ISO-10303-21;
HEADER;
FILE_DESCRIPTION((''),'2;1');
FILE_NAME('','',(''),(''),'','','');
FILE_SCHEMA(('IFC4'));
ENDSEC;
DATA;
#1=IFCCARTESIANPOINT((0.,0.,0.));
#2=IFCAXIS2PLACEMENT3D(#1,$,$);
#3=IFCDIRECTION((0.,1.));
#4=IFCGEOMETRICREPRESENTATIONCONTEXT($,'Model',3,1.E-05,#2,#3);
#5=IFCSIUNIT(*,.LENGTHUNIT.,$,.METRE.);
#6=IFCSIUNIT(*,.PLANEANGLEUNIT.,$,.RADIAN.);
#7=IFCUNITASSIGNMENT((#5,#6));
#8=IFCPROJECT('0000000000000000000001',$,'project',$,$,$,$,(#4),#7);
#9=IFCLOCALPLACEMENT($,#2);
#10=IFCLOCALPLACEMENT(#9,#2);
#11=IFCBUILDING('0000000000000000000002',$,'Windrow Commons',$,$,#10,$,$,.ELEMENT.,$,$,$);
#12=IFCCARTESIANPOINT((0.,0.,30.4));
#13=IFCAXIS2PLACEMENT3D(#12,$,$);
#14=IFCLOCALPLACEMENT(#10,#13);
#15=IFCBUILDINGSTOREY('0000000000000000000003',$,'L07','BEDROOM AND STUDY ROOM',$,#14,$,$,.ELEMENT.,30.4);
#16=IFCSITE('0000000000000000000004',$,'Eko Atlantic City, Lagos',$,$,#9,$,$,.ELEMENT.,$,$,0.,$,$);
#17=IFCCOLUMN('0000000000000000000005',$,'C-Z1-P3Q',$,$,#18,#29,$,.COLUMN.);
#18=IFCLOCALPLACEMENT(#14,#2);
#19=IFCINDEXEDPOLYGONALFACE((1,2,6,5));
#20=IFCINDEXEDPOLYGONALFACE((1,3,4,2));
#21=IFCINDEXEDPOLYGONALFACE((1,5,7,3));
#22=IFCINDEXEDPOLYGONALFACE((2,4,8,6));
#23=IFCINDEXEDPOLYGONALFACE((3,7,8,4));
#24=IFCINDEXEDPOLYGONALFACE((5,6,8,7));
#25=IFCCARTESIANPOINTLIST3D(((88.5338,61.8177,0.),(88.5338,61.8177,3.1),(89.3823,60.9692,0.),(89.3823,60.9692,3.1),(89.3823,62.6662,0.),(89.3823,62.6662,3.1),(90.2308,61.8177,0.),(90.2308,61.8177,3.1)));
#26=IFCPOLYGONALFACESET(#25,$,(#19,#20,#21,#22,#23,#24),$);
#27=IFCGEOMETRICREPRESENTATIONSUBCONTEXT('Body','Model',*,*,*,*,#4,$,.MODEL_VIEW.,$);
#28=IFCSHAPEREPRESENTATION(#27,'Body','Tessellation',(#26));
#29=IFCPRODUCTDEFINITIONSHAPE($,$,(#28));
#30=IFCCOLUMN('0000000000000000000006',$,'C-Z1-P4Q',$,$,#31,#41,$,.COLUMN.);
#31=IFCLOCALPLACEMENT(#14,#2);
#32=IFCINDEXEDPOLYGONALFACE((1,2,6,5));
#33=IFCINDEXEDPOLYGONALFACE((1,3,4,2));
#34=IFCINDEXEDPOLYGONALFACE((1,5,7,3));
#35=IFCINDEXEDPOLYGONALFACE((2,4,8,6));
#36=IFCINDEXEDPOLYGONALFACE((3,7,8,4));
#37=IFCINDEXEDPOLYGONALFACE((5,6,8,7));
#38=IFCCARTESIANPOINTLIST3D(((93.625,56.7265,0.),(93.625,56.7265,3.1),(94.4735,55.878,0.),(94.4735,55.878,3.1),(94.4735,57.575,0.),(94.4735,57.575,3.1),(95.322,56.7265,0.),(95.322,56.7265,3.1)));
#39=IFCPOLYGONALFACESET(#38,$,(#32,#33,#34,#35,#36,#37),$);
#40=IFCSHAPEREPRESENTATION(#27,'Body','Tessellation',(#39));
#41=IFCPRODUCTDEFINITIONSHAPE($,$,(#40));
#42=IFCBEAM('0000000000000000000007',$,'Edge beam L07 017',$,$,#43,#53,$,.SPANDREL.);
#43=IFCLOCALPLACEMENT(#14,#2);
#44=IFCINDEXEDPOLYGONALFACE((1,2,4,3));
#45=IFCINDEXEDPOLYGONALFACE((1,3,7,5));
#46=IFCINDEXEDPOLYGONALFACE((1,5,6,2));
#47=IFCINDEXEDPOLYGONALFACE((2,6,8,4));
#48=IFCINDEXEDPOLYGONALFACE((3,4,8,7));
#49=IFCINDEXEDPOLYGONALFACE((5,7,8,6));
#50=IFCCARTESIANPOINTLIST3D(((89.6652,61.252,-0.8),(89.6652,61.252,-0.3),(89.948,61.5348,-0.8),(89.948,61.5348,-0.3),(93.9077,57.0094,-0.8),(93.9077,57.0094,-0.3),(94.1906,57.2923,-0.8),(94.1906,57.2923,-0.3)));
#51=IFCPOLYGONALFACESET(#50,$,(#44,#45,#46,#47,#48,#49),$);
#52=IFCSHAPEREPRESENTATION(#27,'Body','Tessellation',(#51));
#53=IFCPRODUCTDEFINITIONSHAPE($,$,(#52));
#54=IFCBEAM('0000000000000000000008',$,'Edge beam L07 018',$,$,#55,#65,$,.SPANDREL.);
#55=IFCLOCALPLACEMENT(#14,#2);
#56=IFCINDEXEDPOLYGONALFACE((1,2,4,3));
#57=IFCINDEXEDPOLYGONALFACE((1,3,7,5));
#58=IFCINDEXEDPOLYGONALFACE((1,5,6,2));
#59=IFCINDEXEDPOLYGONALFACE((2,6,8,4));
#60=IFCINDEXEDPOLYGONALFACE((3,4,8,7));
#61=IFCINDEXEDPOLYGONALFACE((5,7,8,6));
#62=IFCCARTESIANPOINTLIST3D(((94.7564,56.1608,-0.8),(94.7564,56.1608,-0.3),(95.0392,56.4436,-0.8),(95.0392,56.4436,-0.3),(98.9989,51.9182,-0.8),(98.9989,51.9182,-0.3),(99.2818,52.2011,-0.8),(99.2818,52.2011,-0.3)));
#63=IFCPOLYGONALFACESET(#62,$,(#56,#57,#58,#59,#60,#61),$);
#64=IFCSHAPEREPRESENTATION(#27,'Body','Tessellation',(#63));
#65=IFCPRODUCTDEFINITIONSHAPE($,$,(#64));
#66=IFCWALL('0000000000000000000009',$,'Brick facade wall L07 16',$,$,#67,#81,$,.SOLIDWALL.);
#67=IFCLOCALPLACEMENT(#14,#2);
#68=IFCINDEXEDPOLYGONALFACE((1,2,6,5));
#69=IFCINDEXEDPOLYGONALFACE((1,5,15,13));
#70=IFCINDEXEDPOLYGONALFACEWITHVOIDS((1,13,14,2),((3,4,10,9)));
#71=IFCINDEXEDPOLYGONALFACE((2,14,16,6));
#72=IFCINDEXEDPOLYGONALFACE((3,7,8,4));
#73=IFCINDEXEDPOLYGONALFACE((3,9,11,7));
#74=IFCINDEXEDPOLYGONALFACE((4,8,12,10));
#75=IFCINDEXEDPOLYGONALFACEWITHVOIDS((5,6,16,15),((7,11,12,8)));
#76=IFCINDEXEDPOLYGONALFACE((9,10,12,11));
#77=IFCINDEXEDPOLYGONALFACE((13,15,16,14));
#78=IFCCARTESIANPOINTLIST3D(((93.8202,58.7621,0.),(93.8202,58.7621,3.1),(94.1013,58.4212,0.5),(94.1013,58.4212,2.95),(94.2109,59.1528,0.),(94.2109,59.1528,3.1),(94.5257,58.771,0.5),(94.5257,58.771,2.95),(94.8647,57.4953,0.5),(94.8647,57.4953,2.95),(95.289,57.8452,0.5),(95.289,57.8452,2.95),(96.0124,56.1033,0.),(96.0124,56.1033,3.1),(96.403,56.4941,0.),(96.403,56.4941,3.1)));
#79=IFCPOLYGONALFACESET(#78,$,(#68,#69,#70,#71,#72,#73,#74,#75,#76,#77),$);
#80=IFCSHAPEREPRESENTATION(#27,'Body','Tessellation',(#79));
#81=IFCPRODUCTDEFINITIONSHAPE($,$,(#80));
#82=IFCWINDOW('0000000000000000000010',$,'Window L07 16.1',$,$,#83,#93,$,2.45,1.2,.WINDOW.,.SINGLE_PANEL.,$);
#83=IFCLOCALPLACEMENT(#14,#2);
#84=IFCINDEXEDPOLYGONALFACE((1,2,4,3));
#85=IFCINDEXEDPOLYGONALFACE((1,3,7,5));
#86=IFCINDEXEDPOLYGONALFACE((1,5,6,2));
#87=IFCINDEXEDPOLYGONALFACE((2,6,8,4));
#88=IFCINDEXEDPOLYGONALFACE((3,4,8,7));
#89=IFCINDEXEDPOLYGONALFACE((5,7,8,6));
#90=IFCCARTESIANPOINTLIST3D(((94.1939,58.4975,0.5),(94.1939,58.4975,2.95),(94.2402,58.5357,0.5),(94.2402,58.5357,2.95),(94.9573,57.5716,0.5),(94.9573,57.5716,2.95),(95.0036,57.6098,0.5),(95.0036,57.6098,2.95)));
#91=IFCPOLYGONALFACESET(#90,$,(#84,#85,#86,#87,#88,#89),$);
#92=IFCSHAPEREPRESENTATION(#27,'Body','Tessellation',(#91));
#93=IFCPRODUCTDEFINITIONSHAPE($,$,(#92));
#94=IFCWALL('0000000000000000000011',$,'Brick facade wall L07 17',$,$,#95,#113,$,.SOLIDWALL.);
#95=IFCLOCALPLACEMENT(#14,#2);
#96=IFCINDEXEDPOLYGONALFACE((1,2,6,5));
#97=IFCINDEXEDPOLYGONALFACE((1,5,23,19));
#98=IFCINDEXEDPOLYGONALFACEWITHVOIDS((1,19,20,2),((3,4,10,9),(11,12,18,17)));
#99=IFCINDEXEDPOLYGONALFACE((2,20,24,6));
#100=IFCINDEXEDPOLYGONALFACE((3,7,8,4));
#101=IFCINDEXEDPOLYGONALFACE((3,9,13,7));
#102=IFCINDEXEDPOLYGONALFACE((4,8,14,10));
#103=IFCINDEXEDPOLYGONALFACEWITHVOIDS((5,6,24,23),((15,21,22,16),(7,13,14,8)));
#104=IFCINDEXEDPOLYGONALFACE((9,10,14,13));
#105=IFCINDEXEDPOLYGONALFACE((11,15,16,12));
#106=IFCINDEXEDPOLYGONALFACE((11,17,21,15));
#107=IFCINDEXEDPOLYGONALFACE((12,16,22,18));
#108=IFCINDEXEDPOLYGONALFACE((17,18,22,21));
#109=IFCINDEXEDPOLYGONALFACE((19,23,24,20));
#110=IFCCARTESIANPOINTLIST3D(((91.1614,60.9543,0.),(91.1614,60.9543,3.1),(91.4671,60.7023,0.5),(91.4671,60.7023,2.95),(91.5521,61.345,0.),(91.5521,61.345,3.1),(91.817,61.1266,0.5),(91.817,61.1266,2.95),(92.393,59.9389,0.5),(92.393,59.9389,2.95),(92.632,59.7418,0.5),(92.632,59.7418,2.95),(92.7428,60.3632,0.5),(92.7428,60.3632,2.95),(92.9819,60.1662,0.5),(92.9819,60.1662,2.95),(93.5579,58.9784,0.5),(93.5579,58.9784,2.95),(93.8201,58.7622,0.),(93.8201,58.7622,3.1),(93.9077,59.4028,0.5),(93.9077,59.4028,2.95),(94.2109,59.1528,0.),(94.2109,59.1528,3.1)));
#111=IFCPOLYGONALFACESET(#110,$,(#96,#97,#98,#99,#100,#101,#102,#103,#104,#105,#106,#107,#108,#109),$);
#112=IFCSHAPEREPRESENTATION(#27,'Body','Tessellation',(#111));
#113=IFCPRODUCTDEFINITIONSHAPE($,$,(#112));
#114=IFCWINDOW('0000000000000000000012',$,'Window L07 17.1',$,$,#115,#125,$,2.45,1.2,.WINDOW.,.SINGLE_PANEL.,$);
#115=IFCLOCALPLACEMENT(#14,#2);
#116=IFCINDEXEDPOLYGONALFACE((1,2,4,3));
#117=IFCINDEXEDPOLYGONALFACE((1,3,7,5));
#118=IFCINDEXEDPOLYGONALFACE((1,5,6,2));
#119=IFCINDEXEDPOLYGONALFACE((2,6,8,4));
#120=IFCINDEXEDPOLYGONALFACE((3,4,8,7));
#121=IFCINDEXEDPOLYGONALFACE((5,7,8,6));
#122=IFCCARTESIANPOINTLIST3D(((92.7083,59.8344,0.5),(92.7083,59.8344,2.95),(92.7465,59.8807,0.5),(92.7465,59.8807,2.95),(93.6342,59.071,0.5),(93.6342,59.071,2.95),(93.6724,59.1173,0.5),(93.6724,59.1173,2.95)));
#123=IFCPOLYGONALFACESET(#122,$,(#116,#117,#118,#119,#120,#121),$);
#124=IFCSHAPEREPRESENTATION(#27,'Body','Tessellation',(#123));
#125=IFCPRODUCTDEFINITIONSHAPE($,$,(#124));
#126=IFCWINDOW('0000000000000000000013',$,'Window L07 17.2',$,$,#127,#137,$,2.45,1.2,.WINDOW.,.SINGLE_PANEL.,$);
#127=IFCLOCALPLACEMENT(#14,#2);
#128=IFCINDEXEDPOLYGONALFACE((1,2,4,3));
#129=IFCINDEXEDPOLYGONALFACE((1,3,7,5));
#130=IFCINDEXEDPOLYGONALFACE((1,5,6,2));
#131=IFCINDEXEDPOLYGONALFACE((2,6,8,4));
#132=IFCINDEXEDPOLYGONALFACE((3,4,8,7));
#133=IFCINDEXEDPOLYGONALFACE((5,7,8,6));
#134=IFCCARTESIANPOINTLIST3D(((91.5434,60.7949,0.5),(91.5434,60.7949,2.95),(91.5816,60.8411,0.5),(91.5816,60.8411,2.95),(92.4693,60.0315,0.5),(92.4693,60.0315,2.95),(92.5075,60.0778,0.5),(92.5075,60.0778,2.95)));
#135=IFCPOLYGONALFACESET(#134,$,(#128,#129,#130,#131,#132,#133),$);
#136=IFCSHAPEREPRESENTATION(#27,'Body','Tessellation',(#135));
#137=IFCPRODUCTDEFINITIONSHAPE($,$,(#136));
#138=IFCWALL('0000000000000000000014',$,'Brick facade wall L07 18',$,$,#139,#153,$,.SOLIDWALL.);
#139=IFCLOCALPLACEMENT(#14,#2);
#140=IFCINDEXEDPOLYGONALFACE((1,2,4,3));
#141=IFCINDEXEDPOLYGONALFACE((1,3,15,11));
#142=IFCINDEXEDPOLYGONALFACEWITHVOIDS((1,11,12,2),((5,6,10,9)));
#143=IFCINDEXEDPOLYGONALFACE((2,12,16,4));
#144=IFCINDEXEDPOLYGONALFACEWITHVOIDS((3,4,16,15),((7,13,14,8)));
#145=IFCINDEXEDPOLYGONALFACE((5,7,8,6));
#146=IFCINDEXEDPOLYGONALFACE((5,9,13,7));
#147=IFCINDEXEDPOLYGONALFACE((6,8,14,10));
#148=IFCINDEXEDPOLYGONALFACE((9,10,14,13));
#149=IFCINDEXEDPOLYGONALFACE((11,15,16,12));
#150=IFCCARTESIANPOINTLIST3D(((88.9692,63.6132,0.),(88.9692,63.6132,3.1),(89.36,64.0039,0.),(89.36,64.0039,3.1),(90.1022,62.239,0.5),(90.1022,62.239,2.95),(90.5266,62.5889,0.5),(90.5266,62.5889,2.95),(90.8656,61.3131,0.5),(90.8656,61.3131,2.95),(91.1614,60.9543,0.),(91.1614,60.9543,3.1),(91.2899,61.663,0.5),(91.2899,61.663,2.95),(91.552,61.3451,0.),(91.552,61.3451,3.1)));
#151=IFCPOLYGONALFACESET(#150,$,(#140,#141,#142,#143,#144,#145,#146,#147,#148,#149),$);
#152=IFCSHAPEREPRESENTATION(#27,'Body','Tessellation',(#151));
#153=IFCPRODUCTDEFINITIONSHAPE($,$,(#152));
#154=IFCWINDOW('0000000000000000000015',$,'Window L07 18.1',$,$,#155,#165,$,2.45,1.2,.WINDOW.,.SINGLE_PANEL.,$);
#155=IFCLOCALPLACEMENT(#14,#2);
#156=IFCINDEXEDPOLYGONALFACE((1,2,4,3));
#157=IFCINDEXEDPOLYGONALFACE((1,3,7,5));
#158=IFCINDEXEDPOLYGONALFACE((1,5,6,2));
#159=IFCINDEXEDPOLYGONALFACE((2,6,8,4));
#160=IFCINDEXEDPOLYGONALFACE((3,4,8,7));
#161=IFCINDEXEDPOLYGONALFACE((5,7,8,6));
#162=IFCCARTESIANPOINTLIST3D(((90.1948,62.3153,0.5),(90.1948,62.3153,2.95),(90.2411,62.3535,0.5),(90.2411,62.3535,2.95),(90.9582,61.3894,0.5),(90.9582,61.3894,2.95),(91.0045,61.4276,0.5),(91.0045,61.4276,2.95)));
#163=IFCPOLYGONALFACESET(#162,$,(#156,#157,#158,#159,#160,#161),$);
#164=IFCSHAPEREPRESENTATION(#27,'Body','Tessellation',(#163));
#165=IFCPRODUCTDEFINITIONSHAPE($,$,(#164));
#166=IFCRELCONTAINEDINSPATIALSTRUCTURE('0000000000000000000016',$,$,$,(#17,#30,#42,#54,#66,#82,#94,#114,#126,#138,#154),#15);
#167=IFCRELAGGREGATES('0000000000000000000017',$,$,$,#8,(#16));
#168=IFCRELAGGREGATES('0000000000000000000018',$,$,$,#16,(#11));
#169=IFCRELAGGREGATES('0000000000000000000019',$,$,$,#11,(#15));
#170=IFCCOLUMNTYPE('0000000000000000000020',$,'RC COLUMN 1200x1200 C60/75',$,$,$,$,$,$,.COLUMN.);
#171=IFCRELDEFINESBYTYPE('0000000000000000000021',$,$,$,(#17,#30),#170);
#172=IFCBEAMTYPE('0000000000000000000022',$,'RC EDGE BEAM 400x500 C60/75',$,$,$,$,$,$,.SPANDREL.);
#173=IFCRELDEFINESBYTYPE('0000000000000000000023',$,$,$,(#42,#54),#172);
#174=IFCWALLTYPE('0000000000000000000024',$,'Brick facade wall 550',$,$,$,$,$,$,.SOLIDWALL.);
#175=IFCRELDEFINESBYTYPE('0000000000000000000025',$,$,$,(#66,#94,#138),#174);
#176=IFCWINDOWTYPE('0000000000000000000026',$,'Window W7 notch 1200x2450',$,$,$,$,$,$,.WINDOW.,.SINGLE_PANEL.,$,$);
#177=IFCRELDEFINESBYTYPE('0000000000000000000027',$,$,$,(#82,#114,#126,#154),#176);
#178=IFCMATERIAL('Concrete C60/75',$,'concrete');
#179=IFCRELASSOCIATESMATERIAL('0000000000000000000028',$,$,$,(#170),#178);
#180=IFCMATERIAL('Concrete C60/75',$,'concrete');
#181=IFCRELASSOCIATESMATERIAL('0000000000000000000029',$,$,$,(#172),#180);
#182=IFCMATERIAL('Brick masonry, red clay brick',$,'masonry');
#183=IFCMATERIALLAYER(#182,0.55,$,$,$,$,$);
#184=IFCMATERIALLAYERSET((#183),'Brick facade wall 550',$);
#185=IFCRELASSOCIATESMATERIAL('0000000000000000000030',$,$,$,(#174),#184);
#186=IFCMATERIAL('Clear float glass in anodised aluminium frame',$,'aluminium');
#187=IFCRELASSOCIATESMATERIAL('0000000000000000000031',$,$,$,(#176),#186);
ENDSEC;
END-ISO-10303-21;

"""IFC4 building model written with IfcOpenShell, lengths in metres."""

from ifc_helpers import new_model, si_unit, direction, frame, frame_2d, origin, origin_2d, place, context, subcontext, project, spatial, polyline, rectangle, outline, extrude, material, layer, layer_set, material_profile, profile_set, type_object, element, fill, save


model = new_model("IFC4")

# Units and contexts
model_context = context("Model", 3, precision=1e-05, world=origin(), true_north=direction((0.0, 1.0)))
body_context = subcontext(model_context, "Body", "Model", "MODEL_VIEW")
ifc_project = project(units=[si_unit("LENGTHUNIT", "METRE"), si_unit("PLANEANGLEUNIT", "RADIAN")], contexts=[model_context])

# Site, building, storey
site_placement = place(None, origin())
site = spatial("IfcSite", under=ifc_project, at=site_placement, Name="Eko Atlantic City, Lagos", CompositionType="ELEMENT", RefElevation=0.0)
building_placement = place(site_placement, origin())
building = spatial("IfcBuilding", under=site, at=building_placement, Name="Windrow Commons", CompositionType="ELEMENT")
storey_placement = place(building_placement, frame((0.0, 0.0, 30.4)))
storey = spatial("IfcBuildingStorey", under=building, at=storey_placement, Name="L07", Description="BEDROOM AND STUDY ROOM", CompositionType="ELEMENT", Elevation=30.4)

# Columns
ifc_material_1 = material(Name="Concrete C60/75", Category="concrete")
ifc_material_profile_1 = material_profile(ifc_material_1, rectangle(XDim=1.2, YDim=1.2, at=origin_2d()))
ifc_profile_set_1 = profile_set([ifc_material_profile_1], Name="Concrete C60/75")
column_type = type_object("IfcColumnType", Name="RC COLUMN 1200x1200 C60/75", PredefinedType="COLUMN", material=ifc_profile_set_1)
for number, where, z_axis, x_axis, name in (
    (1, (89.3823, 61.8177, 0.0), (0.0, 0.0, 1.0), (0.707107, -0.707107, 0.0), "C-Z1-P3Q"),
    (2, (94.4735, 56.7265, 0.0), (0.0, 0.0, 1.0), (0.707107, -0.707107, 0.0), "C-Z1-P4Q"),
):
    element("IfcColumn", number, at=place(storey_placement, frame(where, z_axis=z_axis, x_axis=x_axis)), inside=storey, type_object=column_type, Name=name, PredefinedType="COLUMN", context=body_context, shape_type="SweptSolid", body=[
        extrude(rectangle(XDim=1.2, YDim=1.2, at=origin_2d()), origin(), (0.0, 0.0, 1.0), 3.1),
    ])

# Beams
ifc_material_2 = material(Name="Concrete C60/75", Category="concrete")
ifc_material_profile_2 = material_profile(ifc_material_2, rectangle(XDim=0.4, YDim=0.5, at=origin_2d()))
ifc_profile_set_2 = profile_set([ifc_material_profile_2], Name="Concrete C60/75")
beam_type = type_object("IfcBeamType", Name="RC EDGE BEAM 400x500 C60/75", PredefinedType="SPANDREL", material=ifc_profile_set_2)
for number, where, z_axis, x_axis, name in (
    (3, (89.8066, 61.3934, -0.55), (0.707107, -0.707107, 0.0), (0.707107, 0.707107, 0.0), "Edge beam L07 017"),
    (4, (94.8978, 56.3022, -0.55), (0.707107, -0.707107, 0.0), (0.707107, 0.707107, 0.0), "Edge beam L07 018"),
):
    element("IfcBeam", number, at=place(storey_placement, frame(where, z_axis=z_axis, x_axis=x_axis)), inside=storey, type_object=beam_type, Name=name, PredefinedType="SPANDREL", context=body_context, shape_type="SweptSolid", body=[
        extrude(rectangle(XDim=0.4, YDim=0.5, at=origin_2d()), origin(), (0.0, 0.0, 1.0), 5.9999),
    ])

# Wall, opening, window
ifc_material_3 = material(Name="Brick masonry, red clay brick", Category="masonry")
ifc_layer_1 = layer(ifc_material_3, 0.55)
ifc_layer_set_1 = layer_set([ifc_layer_1], Name="Brick facade wall 550")
wall_type_1 = type_object("IfcWallType", Name="Brick facade wall 550", PredefinedType="SOLIDWALL", material=ifc_layer_set_1)
wall_1_placement = place(storey_placement, frame((96.2077, 56.2987, 0.0), z_axis=(0.0, 0.0, 1.0), x_axis=(-0.636157, 0.77156, 0.0)))
wall_1 = element("IfcWall", 5, at=wall_1_placement, inside=storey, type_object=wall_type_1, Name="Brick facade wall L07 16", PredefinedType="SOLIDWALL", context=body_context, shape_type="SweptSolid", body=[
    extrude(outline(polyline([(0.0265, -0.275), (3.4724, -0.275), (3.4195, 0.275), (-0.0265, 0.275), (0.0265, -0.275)])), origin(), (0.0, 0.0, 1.0), 3.1),
])
opening_1_placement = place(wall_1_placement, frame((1.7776, 0.0, 0.5)))
opening_1 = element("IfcOpeningElement", 6, at=opening_1_placement, cuts=wall_1, PredefinedType="OPENING", context=body_context, shape_type="SweptSolid", body=[
    extrude(rectangle(XDim=1.2, YDim=2.45, at=frame_2d((0.6, 1.225))), frame((0.0, 0.285, 0.0), z_axis=(0.0, -1.0, 0.0), x_axis=(1.0, 0.0, 0.0)), (0.0, 0.0, 1.0), 0.57),
])
ifc_material_4 = material(Name="Clear float glass in anodised aluminium frame", Category="aluminium")
window_type = type_object("IfcWindowType", Name="Window W7 notch 1200x2450", PartitioningType="SINGLE_PANEL", PredefinedType="WINDOW", material=ifc_material_4)
window_1_placement = place(opening_1_placement, origin())
window_1 = element("IfcWindow", 7, at=window_1_placement, inside=storey, type_object=window_type, Name="Window L07 16.1", OverallHeight=2.45, OverallWidth=1.2, PartitioningType="SINGLE_PANEL", PredefinedType="WINDOW", context=body_context, shape_type="SweptSolid", body=[
    extrude(rectangle(XDim=1.2, YDim=2.45, at=frame_2d((0.6, 1.225))), frame((0.0, 0.155, 0.0), z_axis=(0.0, -1.0, 0.0), x_axis=(1.0, 0.0, 0.0)), (0.0, 0.0, 1.0), 0.06),
])
fill(opening_1, window_1)

# Wall, openings, windows
wall_2_placement = place(storey_placement, frame((94.0155, 58.9575, 0.0), z_axis=(0.0, 0.0, 1.0), x_axis=(-0.77156, 0.636157, 0.0)))
wall_2 = element("IfcWall", 8, at=wall_2_placement, inside=storey, type_object=wall_type_1, Name="Brick facade wall L07 17", PredefinedType="SOLIDWALL", context=body_context, shape_type="SweptSolid", body=[
    extrude(outline(polyline([(-0.0265, -0.275), (3.4195, -0.275), (3.4724, 0.275), (0.0265, 0.275), (-0.0265, -0.275)])), origin(), (0.0, 0.0, 1.0), 3.1),
])
opening_2_placement = place(wall_2_placement, frame((0.3664, 0.0, 0.5)))
opening_2 = element("IfcOpeningElement", 9, at=opening_2_placement, cuts=wall_2, PredefinedType="OPENING", context=body_context, shape_type="SweptSolid", body=[
    extrude(rectangle(XDim=1.2, YDim=2.45, at=frame_2d((0.6, 1.225))), frame((0.0, 0.285, 0.0), z_axis=(0.0, -1.0, 0.0), x_axis=(1.0, 0.0, 0.0)), (0.0, 0.0, 1.0), 0.57),
])
opening_3_placement = place(wall_2_placement, frame((1.8762, 0.0, 0.5)))
opening_3 = element("IfcOpeningElement", 10, at=opening_3_placement, cuts=wall_2, PredefinedType="OPENING", context=body_context, shape_type="SweptSolid", body=[
    extrude(rectangle(XDim=1.2, YDim=2.45, at=frame_2d((0.6, 1.225))), frame((0.0, 0.285, 0.0), z_axis=(0.0, -1.0, 0.0), x_axis=(1.0, 0.0, 0.0)), (0.0, 0.0, 1.0), 0.57),
])
window_2_placement = place(opening_2_placement, origin())
window_2 = element("IfcWindow", 11, at=window_2_placement, inside=storey, type_object=window_type, Name="Window L07 17.1", OverallHeight=2.45, OverallWidth=1.2, PartitioningType="SINGLE_PANEL", PredefinedType="WINDOW", context=body_context, shape_type="SweptSolid", body=[
    extrude(rectangle(XDim=1.2, YDim=2.45, at=frame_2d((0.6, 1.225))), frame((0.0, 0.155, 0.0), z_axis=(0.0, -1.0, 0.0), x_axis=(1.0, 0.0, 0.0)), (0.0, 0.0, 1.0), 0.06),
])
fill(opening_2, window_2)
window_3_placement = place(opening_3_placement, origin())
window_3 = element("IfcWindow", 12, at=window_3_placement, inside=storey, type_object=window_type, Name="Window L07 17.2", OverallHeight=2.45, OverallWidth=1.2, PartitioningType="SINGLE_PANEL", PredefinedType="WINDOW", context=body_context, shape_type="SweptSolid", body=[
    extrude(rectangle(XDim=1.2, YDim=2.45, at=frame_2d((0.6, 1.225))), frame((0.0, 0.155, 0.0), z_axis=(0.0, -1.0, 0.0), x_axis=(1.0, 0.0, 0.0)), (0.0, 0.0, 1.0), 0.06),
])
fill(opening_3, window_3)

# Wall, opening, window
wall_3_placement = place(storey_placement, frame((91.3567, 61.1497, 0.0), z_axis=(0.0, 0.0, 1.0), x_axis=(-0.636139, 0.771574, 0.0)))
wall_3 = element("IfcWall", 13, at=wall_3_placement, inside=storey, type_object=wall_type_1, Name="Brick facade wall L07 18", PredefinedType="SOLIDWALL", context=body_context, shape_type="SweptSolid", body=[
    extrude(outline(polyline([(0.0265, -0.275), (3.4724, -0.275), (3.4195, 0.275), (-0.0265, 0.275), (0.0265, -0.275)])), origin(), (0.0, 0.0, 1.0), 3.1),
])
opening_4_placement = place(wall_3_placement, frame((0.4385, 0.0, 0.5)))
opening_4 = element("IfcOpeningElement", 14, at=opening_4_placement, cuts=wall_3, PredefinedType="OPENING", context=body_context, shape_type="SweptSolid", body=[
    extrude(rectangle(XDim=1.2, YDim=2.45, at=frame_2d((0.6, 1.225))), frame((0.0, 0.285, 0.0), z_axis=(0.0, -1.0, 0.0), x_axis=(1.0, 0.0, 0.0)), (0.0, 0.0, 1.0), 0.57),
])
window_4_placement = place(opening_4_placement, origin())
window_4 = element("IfcWindow", 15, at=window_4_placement, inside=storey, type_object=window_type, Name="Window L07 18.1", OverallHeight=2.45, OverallWidth=1.2, PartitioningType="SINGLE_PANEL", PredefinedType="WINDOW", context=body_context, shape_type="SweptSolid", body=[
    extrude(rectangle(XDim=1.2, YDim=2.45, at=frame_2d((0.6, 1.225))), frame((0.0, 0.155, 0.0), z_axis=(0.0, -1.0, 0.0), x_axis=(1.0, 0.0, 0.0)), (0.0, 0.0, 1.0), 0.06),
])
fill(opening_4, window_4)

save(model, "model.ifc")
